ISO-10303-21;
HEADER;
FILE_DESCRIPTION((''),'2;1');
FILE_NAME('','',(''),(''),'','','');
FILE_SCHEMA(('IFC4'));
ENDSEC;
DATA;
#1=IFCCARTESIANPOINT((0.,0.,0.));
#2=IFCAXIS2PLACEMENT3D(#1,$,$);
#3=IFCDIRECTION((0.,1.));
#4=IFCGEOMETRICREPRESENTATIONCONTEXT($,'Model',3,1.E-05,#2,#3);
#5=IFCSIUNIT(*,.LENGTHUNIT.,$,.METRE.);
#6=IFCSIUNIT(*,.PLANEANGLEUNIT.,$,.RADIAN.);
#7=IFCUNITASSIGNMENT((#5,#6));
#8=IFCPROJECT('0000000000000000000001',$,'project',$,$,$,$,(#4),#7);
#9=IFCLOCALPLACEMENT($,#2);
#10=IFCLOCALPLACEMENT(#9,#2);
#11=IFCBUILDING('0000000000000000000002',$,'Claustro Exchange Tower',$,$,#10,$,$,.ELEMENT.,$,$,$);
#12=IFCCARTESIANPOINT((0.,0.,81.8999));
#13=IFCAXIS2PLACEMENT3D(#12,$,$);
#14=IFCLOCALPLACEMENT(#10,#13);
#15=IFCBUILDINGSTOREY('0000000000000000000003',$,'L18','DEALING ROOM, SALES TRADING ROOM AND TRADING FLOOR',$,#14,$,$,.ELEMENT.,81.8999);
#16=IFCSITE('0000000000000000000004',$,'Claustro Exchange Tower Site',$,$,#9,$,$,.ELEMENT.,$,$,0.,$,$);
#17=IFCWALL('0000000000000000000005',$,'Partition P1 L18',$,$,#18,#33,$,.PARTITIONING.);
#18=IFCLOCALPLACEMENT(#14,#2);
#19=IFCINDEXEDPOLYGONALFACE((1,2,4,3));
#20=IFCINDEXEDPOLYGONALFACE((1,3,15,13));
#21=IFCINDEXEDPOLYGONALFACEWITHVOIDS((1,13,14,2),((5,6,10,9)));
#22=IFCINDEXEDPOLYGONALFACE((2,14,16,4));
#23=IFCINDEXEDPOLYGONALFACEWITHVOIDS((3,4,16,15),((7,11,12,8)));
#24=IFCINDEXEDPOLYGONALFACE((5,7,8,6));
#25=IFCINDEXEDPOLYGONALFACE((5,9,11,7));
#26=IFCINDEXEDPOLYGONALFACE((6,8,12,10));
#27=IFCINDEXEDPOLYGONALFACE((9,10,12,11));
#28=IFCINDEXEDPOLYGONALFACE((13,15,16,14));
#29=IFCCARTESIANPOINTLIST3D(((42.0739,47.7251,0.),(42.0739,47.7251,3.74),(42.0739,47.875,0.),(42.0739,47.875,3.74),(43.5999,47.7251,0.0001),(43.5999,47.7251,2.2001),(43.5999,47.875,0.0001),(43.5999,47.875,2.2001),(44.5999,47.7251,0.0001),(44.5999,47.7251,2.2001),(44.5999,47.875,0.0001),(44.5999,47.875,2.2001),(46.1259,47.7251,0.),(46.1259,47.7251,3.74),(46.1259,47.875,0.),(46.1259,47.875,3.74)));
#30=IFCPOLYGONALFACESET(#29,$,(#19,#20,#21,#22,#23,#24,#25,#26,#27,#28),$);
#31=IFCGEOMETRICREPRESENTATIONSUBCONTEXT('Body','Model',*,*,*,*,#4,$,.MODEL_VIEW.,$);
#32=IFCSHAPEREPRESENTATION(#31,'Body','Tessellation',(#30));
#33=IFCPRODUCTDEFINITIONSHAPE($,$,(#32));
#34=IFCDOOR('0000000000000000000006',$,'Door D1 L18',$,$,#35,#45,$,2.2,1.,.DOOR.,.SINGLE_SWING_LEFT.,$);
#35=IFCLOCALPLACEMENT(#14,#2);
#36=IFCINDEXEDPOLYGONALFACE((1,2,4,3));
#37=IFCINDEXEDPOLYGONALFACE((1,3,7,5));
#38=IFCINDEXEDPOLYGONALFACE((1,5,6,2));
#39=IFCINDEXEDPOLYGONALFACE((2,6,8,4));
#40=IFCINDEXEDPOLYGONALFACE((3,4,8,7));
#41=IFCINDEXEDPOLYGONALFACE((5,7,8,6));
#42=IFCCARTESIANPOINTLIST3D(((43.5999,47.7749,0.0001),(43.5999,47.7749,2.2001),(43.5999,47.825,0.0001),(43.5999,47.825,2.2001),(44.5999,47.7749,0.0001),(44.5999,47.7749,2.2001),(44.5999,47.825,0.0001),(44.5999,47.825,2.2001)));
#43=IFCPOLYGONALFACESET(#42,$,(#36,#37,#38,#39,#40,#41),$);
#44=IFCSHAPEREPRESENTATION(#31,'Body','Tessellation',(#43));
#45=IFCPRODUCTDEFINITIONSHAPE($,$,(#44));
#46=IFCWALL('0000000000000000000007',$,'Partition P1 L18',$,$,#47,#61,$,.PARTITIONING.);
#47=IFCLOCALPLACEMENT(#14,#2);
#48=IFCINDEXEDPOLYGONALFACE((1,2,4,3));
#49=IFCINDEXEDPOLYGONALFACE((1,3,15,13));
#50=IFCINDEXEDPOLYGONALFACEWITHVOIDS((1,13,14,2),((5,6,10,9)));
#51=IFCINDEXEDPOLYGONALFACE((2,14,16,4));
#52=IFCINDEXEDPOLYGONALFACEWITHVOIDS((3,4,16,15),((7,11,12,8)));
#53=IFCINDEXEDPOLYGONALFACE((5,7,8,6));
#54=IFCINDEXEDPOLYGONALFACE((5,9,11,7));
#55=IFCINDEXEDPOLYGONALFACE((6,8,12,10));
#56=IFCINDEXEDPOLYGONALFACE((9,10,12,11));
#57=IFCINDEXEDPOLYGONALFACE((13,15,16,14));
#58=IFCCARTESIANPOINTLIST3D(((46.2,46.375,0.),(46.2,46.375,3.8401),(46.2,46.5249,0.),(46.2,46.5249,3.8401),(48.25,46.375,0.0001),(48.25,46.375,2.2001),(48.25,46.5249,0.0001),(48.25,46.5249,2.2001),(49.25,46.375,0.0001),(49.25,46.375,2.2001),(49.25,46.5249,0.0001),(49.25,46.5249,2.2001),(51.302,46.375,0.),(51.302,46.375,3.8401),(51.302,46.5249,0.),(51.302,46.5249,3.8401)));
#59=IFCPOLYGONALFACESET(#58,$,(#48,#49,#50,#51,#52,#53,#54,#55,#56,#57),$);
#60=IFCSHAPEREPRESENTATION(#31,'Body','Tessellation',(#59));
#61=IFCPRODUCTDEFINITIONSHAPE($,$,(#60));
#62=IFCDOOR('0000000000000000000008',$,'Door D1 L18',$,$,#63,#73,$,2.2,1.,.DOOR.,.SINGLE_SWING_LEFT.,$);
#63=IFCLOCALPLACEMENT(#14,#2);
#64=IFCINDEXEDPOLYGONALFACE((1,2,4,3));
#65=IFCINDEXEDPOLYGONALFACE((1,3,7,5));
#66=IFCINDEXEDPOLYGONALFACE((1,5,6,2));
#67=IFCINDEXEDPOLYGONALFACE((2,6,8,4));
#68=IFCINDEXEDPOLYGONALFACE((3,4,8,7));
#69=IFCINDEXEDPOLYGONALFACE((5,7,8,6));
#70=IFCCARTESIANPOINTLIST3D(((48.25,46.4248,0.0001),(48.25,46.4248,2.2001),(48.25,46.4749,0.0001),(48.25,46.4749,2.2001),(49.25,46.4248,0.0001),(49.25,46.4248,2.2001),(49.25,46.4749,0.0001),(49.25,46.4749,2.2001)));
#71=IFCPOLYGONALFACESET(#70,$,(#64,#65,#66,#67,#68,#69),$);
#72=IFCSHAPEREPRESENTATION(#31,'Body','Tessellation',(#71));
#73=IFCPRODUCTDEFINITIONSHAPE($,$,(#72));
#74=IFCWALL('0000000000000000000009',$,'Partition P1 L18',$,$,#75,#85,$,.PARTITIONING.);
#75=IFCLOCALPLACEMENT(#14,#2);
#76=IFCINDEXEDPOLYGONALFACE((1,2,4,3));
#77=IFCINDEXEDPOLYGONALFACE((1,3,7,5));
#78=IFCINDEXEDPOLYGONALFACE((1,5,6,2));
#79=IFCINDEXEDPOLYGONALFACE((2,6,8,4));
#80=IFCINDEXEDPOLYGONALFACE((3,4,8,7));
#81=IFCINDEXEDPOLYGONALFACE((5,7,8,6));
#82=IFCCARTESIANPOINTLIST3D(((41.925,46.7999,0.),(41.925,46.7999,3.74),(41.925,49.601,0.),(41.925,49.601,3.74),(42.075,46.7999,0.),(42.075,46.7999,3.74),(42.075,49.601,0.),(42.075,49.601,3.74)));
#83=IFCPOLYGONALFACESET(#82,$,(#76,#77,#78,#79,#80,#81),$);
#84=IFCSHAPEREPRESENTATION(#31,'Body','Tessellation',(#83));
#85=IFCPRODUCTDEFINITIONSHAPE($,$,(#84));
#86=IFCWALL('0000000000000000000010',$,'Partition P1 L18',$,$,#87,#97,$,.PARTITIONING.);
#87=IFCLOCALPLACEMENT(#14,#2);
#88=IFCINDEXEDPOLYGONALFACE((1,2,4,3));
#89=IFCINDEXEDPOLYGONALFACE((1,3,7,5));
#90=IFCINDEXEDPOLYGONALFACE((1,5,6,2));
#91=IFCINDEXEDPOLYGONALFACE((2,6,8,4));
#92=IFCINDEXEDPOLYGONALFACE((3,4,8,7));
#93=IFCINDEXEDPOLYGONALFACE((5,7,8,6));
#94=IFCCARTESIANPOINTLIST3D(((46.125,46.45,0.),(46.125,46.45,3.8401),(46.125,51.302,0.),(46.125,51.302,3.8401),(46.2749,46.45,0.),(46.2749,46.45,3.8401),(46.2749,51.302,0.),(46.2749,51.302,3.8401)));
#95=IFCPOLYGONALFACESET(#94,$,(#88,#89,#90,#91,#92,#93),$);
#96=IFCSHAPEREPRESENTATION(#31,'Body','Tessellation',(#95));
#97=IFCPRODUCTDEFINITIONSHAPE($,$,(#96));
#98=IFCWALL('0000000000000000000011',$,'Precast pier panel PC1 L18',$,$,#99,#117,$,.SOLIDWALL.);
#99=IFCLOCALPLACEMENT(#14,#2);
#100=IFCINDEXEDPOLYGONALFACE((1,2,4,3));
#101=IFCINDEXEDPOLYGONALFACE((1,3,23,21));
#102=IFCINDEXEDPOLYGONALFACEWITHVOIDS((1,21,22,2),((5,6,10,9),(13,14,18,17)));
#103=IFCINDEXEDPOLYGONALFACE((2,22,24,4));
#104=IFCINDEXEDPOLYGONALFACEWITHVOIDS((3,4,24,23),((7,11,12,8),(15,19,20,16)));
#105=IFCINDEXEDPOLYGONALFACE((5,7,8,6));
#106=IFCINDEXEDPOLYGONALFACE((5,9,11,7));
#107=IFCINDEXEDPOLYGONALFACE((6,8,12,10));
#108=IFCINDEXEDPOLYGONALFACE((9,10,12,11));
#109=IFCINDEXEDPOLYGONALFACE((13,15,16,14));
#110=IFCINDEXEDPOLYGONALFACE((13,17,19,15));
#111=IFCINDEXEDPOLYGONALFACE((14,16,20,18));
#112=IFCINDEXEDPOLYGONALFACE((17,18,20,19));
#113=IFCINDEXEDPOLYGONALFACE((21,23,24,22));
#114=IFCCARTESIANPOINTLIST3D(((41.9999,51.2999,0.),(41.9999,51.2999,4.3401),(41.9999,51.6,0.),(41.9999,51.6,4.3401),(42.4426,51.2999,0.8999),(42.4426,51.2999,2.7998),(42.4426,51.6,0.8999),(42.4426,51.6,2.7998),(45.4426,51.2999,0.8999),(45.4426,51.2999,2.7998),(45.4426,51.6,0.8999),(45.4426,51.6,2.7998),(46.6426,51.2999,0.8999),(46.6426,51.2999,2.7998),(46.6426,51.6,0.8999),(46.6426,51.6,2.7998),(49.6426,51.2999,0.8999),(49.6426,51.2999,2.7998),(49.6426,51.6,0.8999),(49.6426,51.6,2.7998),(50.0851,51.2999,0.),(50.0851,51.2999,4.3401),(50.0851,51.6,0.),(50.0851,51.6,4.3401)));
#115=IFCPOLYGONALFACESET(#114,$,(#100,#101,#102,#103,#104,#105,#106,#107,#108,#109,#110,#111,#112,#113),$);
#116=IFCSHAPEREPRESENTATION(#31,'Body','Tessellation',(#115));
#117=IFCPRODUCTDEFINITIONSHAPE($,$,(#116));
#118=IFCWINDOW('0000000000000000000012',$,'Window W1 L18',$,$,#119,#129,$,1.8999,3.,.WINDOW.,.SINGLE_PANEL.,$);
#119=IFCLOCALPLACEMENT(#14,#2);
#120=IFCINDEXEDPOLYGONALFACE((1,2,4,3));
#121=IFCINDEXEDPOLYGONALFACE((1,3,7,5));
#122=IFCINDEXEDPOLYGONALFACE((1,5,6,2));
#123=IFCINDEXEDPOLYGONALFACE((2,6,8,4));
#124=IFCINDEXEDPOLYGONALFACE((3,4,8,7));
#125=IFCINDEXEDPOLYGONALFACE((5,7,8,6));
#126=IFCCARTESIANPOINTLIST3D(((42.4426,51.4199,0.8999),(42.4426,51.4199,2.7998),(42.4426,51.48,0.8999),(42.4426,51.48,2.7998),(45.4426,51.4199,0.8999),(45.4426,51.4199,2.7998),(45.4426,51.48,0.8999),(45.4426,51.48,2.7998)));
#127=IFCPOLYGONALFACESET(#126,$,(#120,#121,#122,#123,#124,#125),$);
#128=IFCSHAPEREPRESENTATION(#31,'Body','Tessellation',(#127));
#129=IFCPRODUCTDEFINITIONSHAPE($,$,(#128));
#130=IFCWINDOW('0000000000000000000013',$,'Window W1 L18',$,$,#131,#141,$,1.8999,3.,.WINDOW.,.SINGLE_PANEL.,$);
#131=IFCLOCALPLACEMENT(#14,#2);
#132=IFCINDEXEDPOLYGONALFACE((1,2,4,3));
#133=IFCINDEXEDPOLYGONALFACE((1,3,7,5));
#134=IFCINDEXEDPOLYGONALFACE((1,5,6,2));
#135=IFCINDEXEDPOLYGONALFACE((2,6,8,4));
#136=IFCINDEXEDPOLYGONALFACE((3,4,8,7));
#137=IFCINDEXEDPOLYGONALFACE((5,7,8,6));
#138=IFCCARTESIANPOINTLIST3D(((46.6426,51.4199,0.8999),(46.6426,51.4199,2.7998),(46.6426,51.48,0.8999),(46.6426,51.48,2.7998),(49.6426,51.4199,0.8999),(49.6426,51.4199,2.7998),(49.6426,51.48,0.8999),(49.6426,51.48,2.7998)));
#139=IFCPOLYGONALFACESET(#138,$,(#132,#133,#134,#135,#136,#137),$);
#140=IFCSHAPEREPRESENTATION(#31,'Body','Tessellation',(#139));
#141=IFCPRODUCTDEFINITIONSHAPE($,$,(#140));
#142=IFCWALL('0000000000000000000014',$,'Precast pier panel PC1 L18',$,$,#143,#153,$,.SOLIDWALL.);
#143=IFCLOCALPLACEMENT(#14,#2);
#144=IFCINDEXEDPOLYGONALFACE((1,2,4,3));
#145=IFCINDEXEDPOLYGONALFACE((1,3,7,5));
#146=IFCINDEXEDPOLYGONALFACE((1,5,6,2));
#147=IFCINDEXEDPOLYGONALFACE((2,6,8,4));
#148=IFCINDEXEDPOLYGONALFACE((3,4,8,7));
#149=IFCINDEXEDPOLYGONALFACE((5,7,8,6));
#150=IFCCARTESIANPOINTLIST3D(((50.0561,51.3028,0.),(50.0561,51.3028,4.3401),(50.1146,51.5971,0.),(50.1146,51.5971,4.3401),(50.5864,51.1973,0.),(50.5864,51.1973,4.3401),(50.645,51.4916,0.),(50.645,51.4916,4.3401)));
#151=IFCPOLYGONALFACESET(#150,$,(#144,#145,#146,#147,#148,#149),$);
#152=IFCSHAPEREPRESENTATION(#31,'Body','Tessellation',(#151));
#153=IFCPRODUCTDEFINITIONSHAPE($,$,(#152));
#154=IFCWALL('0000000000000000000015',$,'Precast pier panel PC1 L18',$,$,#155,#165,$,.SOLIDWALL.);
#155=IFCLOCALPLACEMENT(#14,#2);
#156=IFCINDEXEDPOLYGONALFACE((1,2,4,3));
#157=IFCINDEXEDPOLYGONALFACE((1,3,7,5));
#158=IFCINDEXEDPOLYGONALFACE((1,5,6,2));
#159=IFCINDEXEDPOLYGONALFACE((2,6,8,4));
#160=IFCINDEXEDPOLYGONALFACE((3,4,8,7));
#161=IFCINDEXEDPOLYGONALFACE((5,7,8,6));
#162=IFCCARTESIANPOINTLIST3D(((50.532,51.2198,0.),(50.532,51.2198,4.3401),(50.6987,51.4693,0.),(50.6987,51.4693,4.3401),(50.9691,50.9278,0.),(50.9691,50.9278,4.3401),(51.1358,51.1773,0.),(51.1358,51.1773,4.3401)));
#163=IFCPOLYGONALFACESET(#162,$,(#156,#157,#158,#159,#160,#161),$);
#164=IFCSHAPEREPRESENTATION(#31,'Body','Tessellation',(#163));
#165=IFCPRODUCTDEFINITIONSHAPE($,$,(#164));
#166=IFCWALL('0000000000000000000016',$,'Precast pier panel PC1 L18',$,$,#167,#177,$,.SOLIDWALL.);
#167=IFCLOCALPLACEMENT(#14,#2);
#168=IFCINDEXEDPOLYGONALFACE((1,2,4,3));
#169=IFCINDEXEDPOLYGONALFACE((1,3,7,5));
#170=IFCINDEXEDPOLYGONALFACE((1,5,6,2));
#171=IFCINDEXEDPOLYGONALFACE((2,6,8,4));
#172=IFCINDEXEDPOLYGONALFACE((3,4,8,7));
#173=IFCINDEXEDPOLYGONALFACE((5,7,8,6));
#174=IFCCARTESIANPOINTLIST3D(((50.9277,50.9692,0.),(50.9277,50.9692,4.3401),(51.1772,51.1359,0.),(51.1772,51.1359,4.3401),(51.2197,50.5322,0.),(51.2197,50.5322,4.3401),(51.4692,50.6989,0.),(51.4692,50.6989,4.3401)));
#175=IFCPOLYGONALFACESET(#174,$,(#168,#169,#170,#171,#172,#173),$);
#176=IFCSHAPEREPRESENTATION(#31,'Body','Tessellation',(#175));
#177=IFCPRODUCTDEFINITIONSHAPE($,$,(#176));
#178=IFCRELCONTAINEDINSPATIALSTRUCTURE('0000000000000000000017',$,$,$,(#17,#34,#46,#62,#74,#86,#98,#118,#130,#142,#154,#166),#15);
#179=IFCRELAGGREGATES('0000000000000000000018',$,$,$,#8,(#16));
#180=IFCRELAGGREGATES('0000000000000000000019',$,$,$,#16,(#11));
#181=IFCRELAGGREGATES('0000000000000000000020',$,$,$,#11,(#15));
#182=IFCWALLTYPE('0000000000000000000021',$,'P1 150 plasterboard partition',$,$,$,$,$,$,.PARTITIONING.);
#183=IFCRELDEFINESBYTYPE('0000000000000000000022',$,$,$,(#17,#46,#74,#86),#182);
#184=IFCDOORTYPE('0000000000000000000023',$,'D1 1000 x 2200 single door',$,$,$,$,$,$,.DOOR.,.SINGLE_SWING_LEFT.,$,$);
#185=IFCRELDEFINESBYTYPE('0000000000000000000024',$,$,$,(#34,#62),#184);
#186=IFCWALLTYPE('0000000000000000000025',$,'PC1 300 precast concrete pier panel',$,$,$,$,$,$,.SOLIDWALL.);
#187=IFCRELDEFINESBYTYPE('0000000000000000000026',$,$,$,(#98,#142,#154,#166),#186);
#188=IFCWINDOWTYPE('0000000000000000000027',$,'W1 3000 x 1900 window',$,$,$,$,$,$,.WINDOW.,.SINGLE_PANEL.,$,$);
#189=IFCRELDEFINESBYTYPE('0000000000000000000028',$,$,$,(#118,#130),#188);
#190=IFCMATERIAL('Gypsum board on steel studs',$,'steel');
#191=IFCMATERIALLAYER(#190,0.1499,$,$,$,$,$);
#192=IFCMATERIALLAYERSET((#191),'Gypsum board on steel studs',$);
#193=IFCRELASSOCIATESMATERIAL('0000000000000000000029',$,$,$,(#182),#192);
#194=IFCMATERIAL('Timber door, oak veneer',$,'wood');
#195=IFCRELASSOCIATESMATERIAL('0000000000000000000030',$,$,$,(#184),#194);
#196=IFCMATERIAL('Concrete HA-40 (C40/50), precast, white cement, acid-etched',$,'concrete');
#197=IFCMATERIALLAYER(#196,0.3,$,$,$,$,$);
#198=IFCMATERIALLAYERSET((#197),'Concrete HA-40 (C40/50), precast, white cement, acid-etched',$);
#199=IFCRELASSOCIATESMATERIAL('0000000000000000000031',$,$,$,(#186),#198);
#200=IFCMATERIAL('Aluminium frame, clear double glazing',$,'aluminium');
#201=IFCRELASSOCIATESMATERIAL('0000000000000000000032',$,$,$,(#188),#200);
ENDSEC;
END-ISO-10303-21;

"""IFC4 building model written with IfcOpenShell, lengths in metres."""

from ifc_helpers import new_model, si_unit, direction, frame, frame_2d, origin, place, context, subcontext, project, spatial, rectangle, extrude, material, layer, layer_set, type_object, element, fill, save


model = new_model("IFC4")

# Units and contexts
model_context = context("Model", 3, precision=1e-05, world=origin(), true_north=direction((0.0, 1.0)))
body_context = subcontext(model_context, "Body", "Model", "MODEL_VIEW")
ifc_project = project(units=[si_unit("LENGTHUNIT", "METRE"), si_unit("PLANEANGLEUNIT", "RADIAN")], contexts=[model_context])

# Site, building, storey
site_placement = place(None, origin())
site = spatial("IfcSite", under=ifc_project, at=site_placement, Name="Claustro Exchange Tower Site", CompositionType="ELEMENT", RefElevation=0.0)
building_placement = place(site_placement, origin())
building = spatial("IfcBuilding", under=site, at=building_placement, Name="Claustro Exchange Tower", CompositionType="ELEMENT")
storey_placement = place(building_placement, frame((0.0, 0.0, 81.8999)))
storey = spatial("IfcBuildingStorey", under=building, at=storey_placement, Name="L18", Description="DEALING ROOM, SALES TRADING ROOM AND TRADING FLOOR", CompositionType="ELEMENT", Elevation=81.8999)

# Walls, openings, doors
ifc_material_1 = material(Name="Gypsum board on steel studs", Category="steel")
ifc_layer_1 = layer(ifc_material_1, 0.1499)
ifc_layer_set_1 = layer_set([ifc_layer_1], Name="Gypsum board on steel studs")
wall_type_1 = type_object("IfcWallType", Name="P1 150 plasterboard partition", PredefinedType="PARTITIONING", material=ifc_layer_set_1)
wall_1_placement = place(storey_placement, frame((42.074, 47.8, 0.0), z_axis=(0.0, 0.0, 1.0), x_axis=(1.0, 0.0, 0.0)))
wall_1 = element("IfcWall", 1, at=wall_1_placement, inside=storey, type_object=wall_type_1, Name="Partition P1 L18", PredefinedType="PARTITIONING", context=body_context, shape_type="SweptSolid", body=[
    extrude(rectangle(XDim=4.052, YDim=0.1499, at=frame_2d((2.0259, 0.0))), origin(), (0.0, 0.0, 1.0), 3.74),
])
opening_1_placement = place(wall_1_placement, frame((1.5259, 0.0, 0.0)))
opening_1 = element("IfcOpeningElement", 2, at=opening_1_placement, cuts=wall_1, PredefinedType="OPENING", context=body_context, shape_type="SweptSolid", body=[
    extrude(rectangle(XDim=1.0, YDim=2.2, at=frame_2d((0.5, 1.1001))), frame((0.0, 0.085, 0.0), z_axis=(0.0, -1.0, 0.0), x_axis=(1.0, 0.0, 0.0)), (0.0, 0.0, 1.0), 0.1699),
])
ifc_material_2 = material(Name="Timber door, oak veneer", Category="wood")
door_type = type_object("IfcDoorType", Name="D1 1000 x 2200 single door", OperationType="SINGLE_SWING_LEFT", PredefinedType="DOOR", material=ifc_material_2)
door_1_placement = place(opening_1_placement, origin())
door_1 = element("IfcDoor", 3, at=door_1_placement, inside=storey, type_object=door_type, Name="Door D1 L18", OperationType="SINGLE_SWING_LEFT", OverallHeight=2.2, OverallWidth=1.0, PredefinedType="DOOR", context=body_context, shape_type="SweptSolid", body=[
    extrude(rectangle(XDim=1.0, YDim=2.2, at=frame_2d((0.5, 1.1001))), frame((0.0, 0.0249, 0.0), z_axis=(0.0, -1.0, 0.0), x_axis=(1.0, 0.0, 0.0)), (0.0, 0.0, 1.0), 0.05),
])
fill(opening_1, door_1)
wall_2_placement = place(storey_placement, frame((46.2, 46.45, 0.0), z_axis=(0.0, 0.0, 1.0), x_axis=(1.0, 0.0, 0.0)))
wall_2 = element("IfcWall", 4, at=wall_2_placement, inside=storey, type_object=wall_type_1, Name="Partition P1 L18", PredefinedType="PARTITIONING", context=body_context, shape_type="SweptSolid", body=[
    extrude(rectangle(XDim=5.1021, YDim=0.1499, at=frame_2d((2.551, 0.0))), origin(), (0.0, 0.0, 1.0), 3.8401),
])
opening_2_placement = place(wall_2_placement, frame((2.05, 0.0, 0.0)))
opening_2 = element("IfcOpeningElement", 5, at=opening_2_placement, cuts=wall_2, PredefinedType="OPENING", context=body_context, shape_type="SweptSolid", body=[
    extrude(rectangle(XDim=1.0, YDim=2.2, at=frame_2d((0.5, 1.1001))), frame((0.0, 0.085, 0.0), z_axis=(0.0, -1.0, 0.0), x_axis=(1.0, 0.0, 0.0)), (0.0, 0.0, 1.0), 0.1699),
])
door_2_placement = place(opening_2_placement, origin())
door_2 = element("IfcDoor", 6, at=door_2_placement, inside=storey, type_object=door_type, Name="Door D1 L18", OperationType="SINGLE_SWING_LEFT", OverallHeight=2.2, OverallWidth=1.0, PredefinedType="DOOR", context=body_context, shape_type="SweptSolid", body=[
    extrude(rectangle(XDim=1.0, YDim=2.2, at=frame_2d((0.5, 1.1001))), frame((0.0, 0.0249, 0.0), z_axis=(0.0, -1.0, 0.0), x_axis=(1.0, 0.0, 0.0)), (0.0, 0.0, 1.0), 0.05),
])
fill(opening_2, door_2)

# Walls
wall_3_placement = place(storey_placement, frame((42.0, 46.8, 0.0), z_axis=(0.0, 0.0, 1.0), x_axis=(0.0, 1.0, 0.0)))
element("IfcWall", 7, at=wall_3_placement, inside=storey, type_object=wall_type_1, Name="Partition P1 L18", PredefinedType="PARTITIONING", context=body_context, shape_type="SweptSolid", body=[
    extrude(rectangle(XDim=2.801, YDim=0.1499, at=frame_2d((1.4004, 0.0))), origin(), (0.0, 0.0, 1.0), 3.74),
])
wall_4_placement = place(storey_placement, frame((46.2, 46.45, 0.0), z_axis=(0.0, 0.0, 1.0), x_axis=(0.0, 1.0, 0.0)))
element("IfcWall", 8, at=wall_4_placement, inside=storey, type_object=wall_type_1, Name="Partition P1 L18", PredefinedType="PARTITIONING", context=body_context, shape_type="SweptSolid", body=[
    extrude(rectangle(XDim=4.8521, YDim=0.1499, at=frame_2d((2.426, 0.0))), origin(), (0.0, 0.0, 1.0), 3.8401),
])

# Wall, openings, windows
ifc_material_3 = material(Name="Concrete HA-40 (C40/50), precast, white cement, acid-etched", Category="concrete")
ifc_layer_2 = layer(ifc_material_3, 0.3)
ifc_layer_set_2 = layer_set([ifc_layer_2], Name="Concrete HA-40 (C40/50), precast, white cement, acid-etched")
wall_type_2 = type_object("IfcWallType", Name="PC1 300 precast concrete pier panel", PredefinedType="SOLIDWALL", material=ifc_layer_set_2)
wall_5_placement = place(storey_placement, frame((42.0, 51.45, 0.0), z_axis=(0.0, 0.0, 1.0), x_axis=(1.0, 0.0, 0.0)))
wall_5 = element("IfcWall", 9, at=wall_5_placement, inside=storey, type_object=wall_type_2, Name="Precast pier panel PC1 L18", PredefinedType="SOLIDWALL", context=body_context, shape_type="SweptSolid", body=[
    extrude(rectangle(XDim=8.0852, YDim=0.3, at=frame_2d((4.0425, 0.0))), origin(), (0.0, 0.0, 1.0), 4.3401),
])
opening_3_placement = place(wall_5_placement, frame((0.4426, 0.0, 0.8999)))
opening_3 = element("IfcOpeningElement", 10, at=opening_3_placement, cuts=wall_5, PredefinedType="OPENING", context=body_context, shape_type="SweptSolid", body=[
    extrude(rectangle(XDim=3.0, YDim=1.8999, at=frame_2d((1.5, 0.95))), frame((0.0, 0.1599, 0.0), z_axis=(0.0, -1.0, 0.0), x_axis=(1.0, 0.0, 0.0)), (0.0, 0.0, 1.0), 0.3201),
])
opening_4_placement = place(wall_5_placement, frame((4.6426, 0.0, 0.8999)))
opening_4 = element("IfcOpeningElement", 11, at=opening_4_placement, cuts=wall_5, PredefinedType="OPENING", context=body_context, shape_type="SweptSolid", body=[
    extrude(rectangle(XDim=3.0, YDim=1.8999, at=frame_2d((1.5, 0.95))), frame((0.0, 0.1599, 0.0), z_axis=(0.0, -1.0, 0.0), x_axis=(1.0, 0.0, 0.0)), (0.0, 0.0, 1.0), 0.3201),
])
ifc_material_4 = material(Name="Aluminium frame, clear double glazing", Category="aluminium")
window_type_1 = type_object("IfcWindowType", Name="W1 3000 x 1900 window", PartitioningType="SINGLE_PANEL", PredefinedType="WINDOW", material=ifc_material_4)
window_1_placement = place(opening_3_placement, origin())
window_1 = element("IfcWindow", 12, at=window_1_placement, inside=storey, type_object=window_type_1, Name="Window W1 L18", OverallHeight=1.8999, OverallWidth=3.0, PartitioningType="SINGLE_PANEL", PredefinedType="WINDOW", context=body_context, shape_type="SweptSolid", body=[
    extrude(rectangle(XDim=3.0, YDim=1.8999, at=frame_2d((1.5, 0.95))), frame((0.0, 0.03, 0.0), z_axis=(0.0, -1.0, 0.0), x_axis=(1.0, 0.0, 0.0)), (0.0, 0.0, 1.0), 0.0601),
])
fill(opening_3, window_1)
window_2_placement = place(opening_4_placement, origin())
window_2 = element("IfcWindow", 13, at=window_2_placement, inside=storey, type_object=window_type_1, Name="Window W1 L18", OverallHeight=1.8999, OverallWidth=3.0, PartitioningType="SINGLE_PANEL", PredefinedType="WINDOW", context=body_context, shape_type="SweptSolid", body=[
    extrude(rectangle(XDim=3.0, YDim=1.8999, at=frame_2d((1.5, 0.95))), frame((0.0, 0.03, 0.0), z_axis=(0.0, -1.0, 0.0), x_axis=(1.0, 0.0, 0.0)), (0.0, 0.0, 1.0), 0.0601),
])
fill(opening_4, window_2)

# Walls
wall_6_placement = place(storey_placement, frame((50.0852, 51.45, 0.0), z_axis=(0.0, 0.0, 1.0), x_axis=(0.980789, -0.195074, 0.0)))
element("IfcWall", 14, at=wall_6_placement, inside=storey, type_object=wall_type_2, Name="Precast pier panel PC1 L18", PredefinedType="SOLIDWALL", context=body_context, shape_type="SweptSolid", body=[
    extrude(rectangle(XDim=0.5408, YDim=0.3, at=frame_2d((0.2705, 0.0))), origin(), (0.0, 0.0, 1.0), 4.3401),
])
for number, where, z_axis, x_axis, name in (
    (15, (50.6155, 51.3445, 0.0), (0.0, 0.0, 1.0), (0.831478, -0.555557, 0.0), "Precast pier panel PC1 L18"),
    (16, (51.0525, 51.0525, 0.0), (0.0, 0.0, 1.0), (0.555557, -0.831478, 0.0), "Precast pier panel PC1 L18"),
):
    element("IfcWall", number, at=place(storey_placement, frame(where, z_axis=z_axis, x_axis=x_axis)), inside=storey, type_object=wall_type_2, Name=name, PredefinedType="SOLIDWALL", context=body_context, shape_type="SweptSolid", body=[
        extrude(rectangle(XDim=0.5256, YDim=0.3, at=frame_2d((0.2627, 0.0))), origin(), (0.0, 0.0, 1.0), 4.3401),
    ])

save(model, "model.ifc")
